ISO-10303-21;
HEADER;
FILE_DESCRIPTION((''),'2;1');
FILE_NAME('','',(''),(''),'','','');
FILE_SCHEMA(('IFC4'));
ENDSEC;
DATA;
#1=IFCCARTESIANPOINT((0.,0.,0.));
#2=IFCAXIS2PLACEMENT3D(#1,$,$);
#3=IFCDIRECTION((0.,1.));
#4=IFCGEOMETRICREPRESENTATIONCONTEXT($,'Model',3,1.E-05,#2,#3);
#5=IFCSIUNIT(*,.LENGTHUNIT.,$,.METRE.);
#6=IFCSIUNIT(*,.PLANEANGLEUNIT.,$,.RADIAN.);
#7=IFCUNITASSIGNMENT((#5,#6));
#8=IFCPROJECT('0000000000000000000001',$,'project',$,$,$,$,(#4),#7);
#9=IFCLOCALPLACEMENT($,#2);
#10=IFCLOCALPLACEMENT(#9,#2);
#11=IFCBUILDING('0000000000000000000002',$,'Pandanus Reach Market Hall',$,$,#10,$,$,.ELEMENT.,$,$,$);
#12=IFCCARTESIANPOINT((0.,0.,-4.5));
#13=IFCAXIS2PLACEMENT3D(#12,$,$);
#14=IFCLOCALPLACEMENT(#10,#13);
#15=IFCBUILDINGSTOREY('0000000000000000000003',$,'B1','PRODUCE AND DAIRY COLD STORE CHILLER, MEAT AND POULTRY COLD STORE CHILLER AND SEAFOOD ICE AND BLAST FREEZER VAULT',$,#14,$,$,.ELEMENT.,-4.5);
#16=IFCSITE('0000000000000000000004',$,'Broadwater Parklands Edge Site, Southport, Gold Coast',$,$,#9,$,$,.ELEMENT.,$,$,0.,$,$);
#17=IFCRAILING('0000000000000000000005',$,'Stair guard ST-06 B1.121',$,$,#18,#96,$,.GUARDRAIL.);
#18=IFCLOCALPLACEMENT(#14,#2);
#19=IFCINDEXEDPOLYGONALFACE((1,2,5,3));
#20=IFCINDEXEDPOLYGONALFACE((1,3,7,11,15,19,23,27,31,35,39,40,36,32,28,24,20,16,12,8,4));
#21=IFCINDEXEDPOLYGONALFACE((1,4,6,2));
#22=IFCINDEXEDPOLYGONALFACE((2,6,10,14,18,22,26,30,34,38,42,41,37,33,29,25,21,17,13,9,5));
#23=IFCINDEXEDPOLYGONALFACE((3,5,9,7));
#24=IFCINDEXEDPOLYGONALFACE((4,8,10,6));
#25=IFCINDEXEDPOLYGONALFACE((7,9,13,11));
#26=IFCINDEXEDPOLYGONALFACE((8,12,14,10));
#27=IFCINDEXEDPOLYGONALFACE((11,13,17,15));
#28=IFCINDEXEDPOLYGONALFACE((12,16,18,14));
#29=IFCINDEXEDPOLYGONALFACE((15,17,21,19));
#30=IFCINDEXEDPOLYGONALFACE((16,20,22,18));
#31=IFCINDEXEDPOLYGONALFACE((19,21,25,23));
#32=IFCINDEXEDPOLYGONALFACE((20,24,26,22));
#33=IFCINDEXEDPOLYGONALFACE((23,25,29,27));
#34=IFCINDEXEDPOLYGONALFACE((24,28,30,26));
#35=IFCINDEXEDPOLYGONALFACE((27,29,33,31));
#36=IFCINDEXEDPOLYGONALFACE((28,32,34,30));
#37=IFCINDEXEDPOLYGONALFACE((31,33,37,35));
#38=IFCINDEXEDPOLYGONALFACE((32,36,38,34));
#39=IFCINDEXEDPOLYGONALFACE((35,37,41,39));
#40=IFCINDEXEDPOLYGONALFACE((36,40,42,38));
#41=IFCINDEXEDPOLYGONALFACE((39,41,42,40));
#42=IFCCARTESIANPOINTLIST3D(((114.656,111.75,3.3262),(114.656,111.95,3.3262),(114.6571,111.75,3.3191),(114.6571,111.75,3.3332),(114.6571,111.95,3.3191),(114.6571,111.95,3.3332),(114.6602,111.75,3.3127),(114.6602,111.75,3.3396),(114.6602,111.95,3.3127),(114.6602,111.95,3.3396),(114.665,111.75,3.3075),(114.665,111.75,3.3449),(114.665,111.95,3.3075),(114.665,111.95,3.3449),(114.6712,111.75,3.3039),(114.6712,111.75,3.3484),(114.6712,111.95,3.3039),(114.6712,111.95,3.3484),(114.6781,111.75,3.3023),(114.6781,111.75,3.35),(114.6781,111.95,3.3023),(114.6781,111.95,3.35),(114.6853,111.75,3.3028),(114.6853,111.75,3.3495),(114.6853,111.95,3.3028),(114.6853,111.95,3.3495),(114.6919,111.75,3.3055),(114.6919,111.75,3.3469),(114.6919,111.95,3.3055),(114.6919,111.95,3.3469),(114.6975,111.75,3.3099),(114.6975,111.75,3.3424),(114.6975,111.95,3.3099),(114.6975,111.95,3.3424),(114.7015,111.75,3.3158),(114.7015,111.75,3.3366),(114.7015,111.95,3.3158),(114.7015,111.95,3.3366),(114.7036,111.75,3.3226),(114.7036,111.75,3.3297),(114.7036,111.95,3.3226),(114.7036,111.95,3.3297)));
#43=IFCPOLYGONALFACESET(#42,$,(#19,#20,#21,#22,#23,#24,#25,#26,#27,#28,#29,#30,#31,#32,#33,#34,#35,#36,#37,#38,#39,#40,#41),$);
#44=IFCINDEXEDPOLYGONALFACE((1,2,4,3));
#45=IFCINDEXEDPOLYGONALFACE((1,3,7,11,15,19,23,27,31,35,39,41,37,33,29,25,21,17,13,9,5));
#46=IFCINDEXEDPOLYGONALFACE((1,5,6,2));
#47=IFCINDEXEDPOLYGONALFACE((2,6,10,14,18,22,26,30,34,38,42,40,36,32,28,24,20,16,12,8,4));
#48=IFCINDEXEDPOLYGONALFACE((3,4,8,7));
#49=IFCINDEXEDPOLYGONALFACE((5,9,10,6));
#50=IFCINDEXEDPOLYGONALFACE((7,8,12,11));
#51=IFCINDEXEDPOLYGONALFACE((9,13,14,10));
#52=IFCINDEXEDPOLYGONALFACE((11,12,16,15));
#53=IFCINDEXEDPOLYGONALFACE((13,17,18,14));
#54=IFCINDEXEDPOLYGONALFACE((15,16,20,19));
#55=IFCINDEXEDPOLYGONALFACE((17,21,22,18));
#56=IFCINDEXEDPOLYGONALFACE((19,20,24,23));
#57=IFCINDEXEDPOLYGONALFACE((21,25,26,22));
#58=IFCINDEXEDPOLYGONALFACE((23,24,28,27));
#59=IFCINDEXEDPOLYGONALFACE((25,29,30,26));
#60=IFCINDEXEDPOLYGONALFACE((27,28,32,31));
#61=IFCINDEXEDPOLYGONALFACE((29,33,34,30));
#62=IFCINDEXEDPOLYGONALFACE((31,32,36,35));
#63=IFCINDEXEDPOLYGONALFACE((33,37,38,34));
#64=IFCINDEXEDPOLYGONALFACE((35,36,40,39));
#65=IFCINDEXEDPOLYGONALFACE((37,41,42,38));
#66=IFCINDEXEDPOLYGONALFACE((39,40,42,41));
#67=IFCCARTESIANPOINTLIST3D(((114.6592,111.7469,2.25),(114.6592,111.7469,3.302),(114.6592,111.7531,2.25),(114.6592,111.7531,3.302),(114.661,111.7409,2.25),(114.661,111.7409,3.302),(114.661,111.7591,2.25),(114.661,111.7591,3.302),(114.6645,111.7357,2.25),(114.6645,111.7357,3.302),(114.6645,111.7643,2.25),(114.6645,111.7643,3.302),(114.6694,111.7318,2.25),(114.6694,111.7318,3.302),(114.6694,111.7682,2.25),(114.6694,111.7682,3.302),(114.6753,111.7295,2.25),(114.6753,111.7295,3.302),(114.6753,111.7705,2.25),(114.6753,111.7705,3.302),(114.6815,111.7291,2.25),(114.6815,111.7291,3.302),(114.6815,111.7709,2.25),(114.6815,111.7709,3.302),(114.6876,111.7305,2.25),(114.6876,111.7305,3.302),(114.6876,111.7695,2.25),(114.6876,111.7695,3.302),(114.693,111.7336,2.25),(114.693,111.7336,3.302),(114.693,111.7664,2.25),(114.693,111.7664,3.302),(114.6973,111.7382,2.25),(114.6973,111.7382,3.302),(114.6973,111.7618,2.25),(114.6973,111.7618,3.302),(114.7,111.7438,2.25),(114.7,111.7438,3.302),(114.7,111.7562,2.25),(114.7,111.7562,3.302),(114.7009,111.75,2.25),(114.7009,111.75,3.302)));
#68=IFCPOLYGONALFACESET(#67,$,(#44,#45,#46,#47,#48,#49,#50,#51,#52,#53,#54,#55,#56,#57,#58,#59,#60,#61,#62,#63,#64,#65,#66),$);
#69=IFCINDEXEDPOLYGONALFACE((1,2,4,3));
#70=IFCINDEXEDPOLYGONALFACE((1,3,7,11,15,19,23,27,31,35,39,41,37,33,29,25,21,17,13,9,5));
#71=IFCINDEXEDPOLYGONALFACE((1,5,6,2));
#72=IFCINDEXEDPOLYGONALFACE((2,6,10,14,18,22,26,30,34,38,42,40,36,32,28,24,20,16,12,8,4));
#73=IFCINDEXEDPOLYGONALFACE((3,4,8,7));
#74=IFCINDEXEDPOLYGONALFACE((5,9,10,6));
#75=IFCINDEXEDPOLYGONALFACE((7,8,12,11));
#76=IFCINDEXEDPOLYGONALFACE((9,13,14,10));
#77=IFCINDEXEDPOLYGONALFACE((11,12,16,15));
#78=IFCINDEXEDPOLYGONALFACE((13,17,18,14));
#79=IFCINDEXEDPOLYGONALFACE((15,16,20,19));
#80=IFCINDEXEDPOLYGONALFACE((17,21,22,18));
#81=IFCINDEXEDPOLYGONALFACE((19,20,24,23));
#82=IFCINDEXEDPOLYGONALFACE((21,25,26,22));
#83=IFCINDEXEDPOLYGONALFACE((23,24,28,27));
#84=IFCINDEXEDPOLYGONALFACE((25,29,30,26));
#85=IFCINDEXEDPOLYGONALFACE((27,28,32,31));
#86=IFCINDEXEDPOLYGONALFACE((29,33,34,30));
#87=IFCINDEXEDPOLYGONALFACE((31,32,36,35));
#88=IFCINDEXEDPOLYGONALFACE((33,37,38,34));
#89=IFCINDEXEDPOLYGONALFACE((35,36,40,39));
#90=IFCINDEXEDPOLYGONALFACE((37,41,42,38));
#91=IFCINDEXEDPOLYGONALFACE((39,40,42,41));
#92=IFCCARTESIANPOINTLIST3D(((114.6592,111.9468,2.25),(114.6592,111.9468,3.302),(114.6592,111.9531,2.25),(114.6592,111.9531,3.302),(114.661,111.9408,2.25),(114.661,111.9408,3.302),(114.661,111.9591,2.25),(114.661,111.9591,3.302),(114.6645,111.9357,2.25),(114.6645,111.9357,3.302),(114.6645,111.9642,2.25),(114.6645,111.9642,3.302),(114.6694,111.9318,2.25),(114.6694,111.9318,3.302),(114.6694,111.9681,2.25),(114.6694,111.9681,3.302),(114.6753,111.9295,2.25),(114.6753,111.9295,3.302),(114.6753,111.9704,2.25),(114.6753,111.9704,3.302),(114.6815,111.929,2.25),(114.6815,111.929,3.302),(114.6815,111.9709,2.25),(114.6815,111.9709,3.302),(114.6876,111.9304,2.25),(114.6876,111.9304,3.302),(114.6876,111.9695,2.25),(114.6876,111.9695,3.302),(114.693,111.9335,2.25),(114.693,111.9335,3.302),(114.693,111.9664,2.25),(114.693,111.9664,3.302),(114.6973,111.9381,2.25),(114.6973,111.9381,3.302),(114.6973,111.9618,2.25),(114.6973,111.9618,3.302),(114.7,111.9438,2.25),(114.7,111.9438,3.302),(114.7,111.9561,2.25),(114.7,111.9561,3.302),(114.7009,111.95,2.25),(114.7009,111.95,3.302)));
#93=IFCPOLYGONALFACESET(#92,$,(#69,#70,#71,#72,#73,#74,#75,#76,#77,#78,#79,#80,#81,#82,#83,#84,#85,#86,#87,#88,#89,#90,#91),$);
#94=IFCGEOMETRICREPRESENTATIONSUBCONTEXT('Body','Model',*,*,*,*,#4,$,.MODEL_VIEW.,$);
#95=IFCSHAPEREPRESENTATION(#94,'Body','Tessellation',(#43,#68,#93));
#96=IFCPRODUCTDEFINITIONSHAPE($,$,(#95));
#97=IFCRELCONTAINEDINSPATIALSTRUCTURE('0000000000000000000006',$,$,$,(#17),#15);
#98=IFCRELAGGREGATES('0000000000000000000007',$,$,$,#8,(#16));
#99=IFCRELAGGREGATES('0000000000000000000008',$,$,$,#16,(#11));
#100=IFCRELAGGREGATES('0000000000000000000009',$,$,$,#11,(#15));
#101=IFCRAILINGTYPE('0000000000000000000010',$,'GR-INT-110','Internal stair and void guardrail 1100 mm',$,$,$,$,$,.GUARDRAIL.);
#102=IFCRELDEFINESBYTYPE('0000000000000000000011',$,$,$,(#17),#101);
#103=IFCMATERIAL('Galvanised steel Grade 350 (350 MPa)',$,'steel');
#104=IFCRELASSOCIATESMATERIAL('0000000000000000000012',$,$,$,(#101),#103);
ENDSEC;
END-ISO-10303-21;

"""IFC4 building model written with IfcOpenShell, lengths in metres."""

from ifc_helpers import new_model, si_unit, direction, frame, origin, origin_2d, place, context, subcontext, project, spatial, circle, extrude, material, type_object, element, save


model = new_model("IFC4")

# Units and contexts
model_context = context("Model", 3, precision=1e-05, world=origin(), true_north=direction((0.0, 1.0)))
body_context = subcontext(model_context, "Body", "Model", "MODEL_VIEW")
ifc_project = project(units=[si_unit("LENGTHUNIT", "METRE"), si_unit("PLANEANGLEUNIT", "RADIAN")], contexts=[model_context])

# Site, building, storey
site_placement = place(None, origin())
site = spatial("IfcSite", under=ifc_project, at=site_placement, Name="Broadwater Parklands Edge Site, Southport, Gold Coast", CompositionType="ELEMENT", RefElevation=0.0)
building_placement = place(site_placement, origin())
building = spatial("IfcBuilding", under=site, at=building_placement, Name="Pandanus Reach Market Hall", CompositionType="ELEMENT")
storey_placement = place(building_placement, frame((0.0, 0.0, -4.5)))
storey = spatial("IfcBuildingStorey", under=building, at=storey_placement, Name="B1", Description="PRODUCE AND DAIRY COLD STORE CHILLER, MEAT AND POULTRY COLD STORE CHILLER AND SEAFOOD ICE AND BLAST FREEZER VAULT", CompositionType="ELEMENT", Elevation=-4.5)

# Railing
ifc_material_1 = material(Name="Galvanised steel Grade 350 (350 MPa)", Category="steel")
railing_type_1 = type_object("IfcRailingType", Name="GR-INT-110", Description="Internal stair and void guardrail 1100 mm", PredefinedType="GUARDRAIL", material=ifc_material_1)
railing_1_placement = place(storey_placement, frame((114.6799, 111.75, 2.25)))
element("IfcRailing", 1, at=railing_1_placement, inside=storey, type_object=railing_type_1, Name="Stair guard ST-06 B1.121", PredefinedType="GUARDRAIL", context=body_context, shape_type="SweptSolid", body=[
    extrude(circle(Radius=0.0239, at=origin_2d()), frame((0.0, 0.0, 1.0762), z_axis=(0.0, 1.0, 0.0), x_axis=(-1.0, 0.0, 0.0)), (0.0, 0.0, 1.0), 0.2),
    extrude(circle(Radius=0.021, at=origin_2d()), origin(), (0.0, 0.0, 1.0), 1.052),
    extrude(circle(Radius=0.021, at=origin_2d()), frame((0.0, 0.2, 0.0)), (0.0, 0.0, 1.0), 1.052),
])

save(model, "model.ifc")
